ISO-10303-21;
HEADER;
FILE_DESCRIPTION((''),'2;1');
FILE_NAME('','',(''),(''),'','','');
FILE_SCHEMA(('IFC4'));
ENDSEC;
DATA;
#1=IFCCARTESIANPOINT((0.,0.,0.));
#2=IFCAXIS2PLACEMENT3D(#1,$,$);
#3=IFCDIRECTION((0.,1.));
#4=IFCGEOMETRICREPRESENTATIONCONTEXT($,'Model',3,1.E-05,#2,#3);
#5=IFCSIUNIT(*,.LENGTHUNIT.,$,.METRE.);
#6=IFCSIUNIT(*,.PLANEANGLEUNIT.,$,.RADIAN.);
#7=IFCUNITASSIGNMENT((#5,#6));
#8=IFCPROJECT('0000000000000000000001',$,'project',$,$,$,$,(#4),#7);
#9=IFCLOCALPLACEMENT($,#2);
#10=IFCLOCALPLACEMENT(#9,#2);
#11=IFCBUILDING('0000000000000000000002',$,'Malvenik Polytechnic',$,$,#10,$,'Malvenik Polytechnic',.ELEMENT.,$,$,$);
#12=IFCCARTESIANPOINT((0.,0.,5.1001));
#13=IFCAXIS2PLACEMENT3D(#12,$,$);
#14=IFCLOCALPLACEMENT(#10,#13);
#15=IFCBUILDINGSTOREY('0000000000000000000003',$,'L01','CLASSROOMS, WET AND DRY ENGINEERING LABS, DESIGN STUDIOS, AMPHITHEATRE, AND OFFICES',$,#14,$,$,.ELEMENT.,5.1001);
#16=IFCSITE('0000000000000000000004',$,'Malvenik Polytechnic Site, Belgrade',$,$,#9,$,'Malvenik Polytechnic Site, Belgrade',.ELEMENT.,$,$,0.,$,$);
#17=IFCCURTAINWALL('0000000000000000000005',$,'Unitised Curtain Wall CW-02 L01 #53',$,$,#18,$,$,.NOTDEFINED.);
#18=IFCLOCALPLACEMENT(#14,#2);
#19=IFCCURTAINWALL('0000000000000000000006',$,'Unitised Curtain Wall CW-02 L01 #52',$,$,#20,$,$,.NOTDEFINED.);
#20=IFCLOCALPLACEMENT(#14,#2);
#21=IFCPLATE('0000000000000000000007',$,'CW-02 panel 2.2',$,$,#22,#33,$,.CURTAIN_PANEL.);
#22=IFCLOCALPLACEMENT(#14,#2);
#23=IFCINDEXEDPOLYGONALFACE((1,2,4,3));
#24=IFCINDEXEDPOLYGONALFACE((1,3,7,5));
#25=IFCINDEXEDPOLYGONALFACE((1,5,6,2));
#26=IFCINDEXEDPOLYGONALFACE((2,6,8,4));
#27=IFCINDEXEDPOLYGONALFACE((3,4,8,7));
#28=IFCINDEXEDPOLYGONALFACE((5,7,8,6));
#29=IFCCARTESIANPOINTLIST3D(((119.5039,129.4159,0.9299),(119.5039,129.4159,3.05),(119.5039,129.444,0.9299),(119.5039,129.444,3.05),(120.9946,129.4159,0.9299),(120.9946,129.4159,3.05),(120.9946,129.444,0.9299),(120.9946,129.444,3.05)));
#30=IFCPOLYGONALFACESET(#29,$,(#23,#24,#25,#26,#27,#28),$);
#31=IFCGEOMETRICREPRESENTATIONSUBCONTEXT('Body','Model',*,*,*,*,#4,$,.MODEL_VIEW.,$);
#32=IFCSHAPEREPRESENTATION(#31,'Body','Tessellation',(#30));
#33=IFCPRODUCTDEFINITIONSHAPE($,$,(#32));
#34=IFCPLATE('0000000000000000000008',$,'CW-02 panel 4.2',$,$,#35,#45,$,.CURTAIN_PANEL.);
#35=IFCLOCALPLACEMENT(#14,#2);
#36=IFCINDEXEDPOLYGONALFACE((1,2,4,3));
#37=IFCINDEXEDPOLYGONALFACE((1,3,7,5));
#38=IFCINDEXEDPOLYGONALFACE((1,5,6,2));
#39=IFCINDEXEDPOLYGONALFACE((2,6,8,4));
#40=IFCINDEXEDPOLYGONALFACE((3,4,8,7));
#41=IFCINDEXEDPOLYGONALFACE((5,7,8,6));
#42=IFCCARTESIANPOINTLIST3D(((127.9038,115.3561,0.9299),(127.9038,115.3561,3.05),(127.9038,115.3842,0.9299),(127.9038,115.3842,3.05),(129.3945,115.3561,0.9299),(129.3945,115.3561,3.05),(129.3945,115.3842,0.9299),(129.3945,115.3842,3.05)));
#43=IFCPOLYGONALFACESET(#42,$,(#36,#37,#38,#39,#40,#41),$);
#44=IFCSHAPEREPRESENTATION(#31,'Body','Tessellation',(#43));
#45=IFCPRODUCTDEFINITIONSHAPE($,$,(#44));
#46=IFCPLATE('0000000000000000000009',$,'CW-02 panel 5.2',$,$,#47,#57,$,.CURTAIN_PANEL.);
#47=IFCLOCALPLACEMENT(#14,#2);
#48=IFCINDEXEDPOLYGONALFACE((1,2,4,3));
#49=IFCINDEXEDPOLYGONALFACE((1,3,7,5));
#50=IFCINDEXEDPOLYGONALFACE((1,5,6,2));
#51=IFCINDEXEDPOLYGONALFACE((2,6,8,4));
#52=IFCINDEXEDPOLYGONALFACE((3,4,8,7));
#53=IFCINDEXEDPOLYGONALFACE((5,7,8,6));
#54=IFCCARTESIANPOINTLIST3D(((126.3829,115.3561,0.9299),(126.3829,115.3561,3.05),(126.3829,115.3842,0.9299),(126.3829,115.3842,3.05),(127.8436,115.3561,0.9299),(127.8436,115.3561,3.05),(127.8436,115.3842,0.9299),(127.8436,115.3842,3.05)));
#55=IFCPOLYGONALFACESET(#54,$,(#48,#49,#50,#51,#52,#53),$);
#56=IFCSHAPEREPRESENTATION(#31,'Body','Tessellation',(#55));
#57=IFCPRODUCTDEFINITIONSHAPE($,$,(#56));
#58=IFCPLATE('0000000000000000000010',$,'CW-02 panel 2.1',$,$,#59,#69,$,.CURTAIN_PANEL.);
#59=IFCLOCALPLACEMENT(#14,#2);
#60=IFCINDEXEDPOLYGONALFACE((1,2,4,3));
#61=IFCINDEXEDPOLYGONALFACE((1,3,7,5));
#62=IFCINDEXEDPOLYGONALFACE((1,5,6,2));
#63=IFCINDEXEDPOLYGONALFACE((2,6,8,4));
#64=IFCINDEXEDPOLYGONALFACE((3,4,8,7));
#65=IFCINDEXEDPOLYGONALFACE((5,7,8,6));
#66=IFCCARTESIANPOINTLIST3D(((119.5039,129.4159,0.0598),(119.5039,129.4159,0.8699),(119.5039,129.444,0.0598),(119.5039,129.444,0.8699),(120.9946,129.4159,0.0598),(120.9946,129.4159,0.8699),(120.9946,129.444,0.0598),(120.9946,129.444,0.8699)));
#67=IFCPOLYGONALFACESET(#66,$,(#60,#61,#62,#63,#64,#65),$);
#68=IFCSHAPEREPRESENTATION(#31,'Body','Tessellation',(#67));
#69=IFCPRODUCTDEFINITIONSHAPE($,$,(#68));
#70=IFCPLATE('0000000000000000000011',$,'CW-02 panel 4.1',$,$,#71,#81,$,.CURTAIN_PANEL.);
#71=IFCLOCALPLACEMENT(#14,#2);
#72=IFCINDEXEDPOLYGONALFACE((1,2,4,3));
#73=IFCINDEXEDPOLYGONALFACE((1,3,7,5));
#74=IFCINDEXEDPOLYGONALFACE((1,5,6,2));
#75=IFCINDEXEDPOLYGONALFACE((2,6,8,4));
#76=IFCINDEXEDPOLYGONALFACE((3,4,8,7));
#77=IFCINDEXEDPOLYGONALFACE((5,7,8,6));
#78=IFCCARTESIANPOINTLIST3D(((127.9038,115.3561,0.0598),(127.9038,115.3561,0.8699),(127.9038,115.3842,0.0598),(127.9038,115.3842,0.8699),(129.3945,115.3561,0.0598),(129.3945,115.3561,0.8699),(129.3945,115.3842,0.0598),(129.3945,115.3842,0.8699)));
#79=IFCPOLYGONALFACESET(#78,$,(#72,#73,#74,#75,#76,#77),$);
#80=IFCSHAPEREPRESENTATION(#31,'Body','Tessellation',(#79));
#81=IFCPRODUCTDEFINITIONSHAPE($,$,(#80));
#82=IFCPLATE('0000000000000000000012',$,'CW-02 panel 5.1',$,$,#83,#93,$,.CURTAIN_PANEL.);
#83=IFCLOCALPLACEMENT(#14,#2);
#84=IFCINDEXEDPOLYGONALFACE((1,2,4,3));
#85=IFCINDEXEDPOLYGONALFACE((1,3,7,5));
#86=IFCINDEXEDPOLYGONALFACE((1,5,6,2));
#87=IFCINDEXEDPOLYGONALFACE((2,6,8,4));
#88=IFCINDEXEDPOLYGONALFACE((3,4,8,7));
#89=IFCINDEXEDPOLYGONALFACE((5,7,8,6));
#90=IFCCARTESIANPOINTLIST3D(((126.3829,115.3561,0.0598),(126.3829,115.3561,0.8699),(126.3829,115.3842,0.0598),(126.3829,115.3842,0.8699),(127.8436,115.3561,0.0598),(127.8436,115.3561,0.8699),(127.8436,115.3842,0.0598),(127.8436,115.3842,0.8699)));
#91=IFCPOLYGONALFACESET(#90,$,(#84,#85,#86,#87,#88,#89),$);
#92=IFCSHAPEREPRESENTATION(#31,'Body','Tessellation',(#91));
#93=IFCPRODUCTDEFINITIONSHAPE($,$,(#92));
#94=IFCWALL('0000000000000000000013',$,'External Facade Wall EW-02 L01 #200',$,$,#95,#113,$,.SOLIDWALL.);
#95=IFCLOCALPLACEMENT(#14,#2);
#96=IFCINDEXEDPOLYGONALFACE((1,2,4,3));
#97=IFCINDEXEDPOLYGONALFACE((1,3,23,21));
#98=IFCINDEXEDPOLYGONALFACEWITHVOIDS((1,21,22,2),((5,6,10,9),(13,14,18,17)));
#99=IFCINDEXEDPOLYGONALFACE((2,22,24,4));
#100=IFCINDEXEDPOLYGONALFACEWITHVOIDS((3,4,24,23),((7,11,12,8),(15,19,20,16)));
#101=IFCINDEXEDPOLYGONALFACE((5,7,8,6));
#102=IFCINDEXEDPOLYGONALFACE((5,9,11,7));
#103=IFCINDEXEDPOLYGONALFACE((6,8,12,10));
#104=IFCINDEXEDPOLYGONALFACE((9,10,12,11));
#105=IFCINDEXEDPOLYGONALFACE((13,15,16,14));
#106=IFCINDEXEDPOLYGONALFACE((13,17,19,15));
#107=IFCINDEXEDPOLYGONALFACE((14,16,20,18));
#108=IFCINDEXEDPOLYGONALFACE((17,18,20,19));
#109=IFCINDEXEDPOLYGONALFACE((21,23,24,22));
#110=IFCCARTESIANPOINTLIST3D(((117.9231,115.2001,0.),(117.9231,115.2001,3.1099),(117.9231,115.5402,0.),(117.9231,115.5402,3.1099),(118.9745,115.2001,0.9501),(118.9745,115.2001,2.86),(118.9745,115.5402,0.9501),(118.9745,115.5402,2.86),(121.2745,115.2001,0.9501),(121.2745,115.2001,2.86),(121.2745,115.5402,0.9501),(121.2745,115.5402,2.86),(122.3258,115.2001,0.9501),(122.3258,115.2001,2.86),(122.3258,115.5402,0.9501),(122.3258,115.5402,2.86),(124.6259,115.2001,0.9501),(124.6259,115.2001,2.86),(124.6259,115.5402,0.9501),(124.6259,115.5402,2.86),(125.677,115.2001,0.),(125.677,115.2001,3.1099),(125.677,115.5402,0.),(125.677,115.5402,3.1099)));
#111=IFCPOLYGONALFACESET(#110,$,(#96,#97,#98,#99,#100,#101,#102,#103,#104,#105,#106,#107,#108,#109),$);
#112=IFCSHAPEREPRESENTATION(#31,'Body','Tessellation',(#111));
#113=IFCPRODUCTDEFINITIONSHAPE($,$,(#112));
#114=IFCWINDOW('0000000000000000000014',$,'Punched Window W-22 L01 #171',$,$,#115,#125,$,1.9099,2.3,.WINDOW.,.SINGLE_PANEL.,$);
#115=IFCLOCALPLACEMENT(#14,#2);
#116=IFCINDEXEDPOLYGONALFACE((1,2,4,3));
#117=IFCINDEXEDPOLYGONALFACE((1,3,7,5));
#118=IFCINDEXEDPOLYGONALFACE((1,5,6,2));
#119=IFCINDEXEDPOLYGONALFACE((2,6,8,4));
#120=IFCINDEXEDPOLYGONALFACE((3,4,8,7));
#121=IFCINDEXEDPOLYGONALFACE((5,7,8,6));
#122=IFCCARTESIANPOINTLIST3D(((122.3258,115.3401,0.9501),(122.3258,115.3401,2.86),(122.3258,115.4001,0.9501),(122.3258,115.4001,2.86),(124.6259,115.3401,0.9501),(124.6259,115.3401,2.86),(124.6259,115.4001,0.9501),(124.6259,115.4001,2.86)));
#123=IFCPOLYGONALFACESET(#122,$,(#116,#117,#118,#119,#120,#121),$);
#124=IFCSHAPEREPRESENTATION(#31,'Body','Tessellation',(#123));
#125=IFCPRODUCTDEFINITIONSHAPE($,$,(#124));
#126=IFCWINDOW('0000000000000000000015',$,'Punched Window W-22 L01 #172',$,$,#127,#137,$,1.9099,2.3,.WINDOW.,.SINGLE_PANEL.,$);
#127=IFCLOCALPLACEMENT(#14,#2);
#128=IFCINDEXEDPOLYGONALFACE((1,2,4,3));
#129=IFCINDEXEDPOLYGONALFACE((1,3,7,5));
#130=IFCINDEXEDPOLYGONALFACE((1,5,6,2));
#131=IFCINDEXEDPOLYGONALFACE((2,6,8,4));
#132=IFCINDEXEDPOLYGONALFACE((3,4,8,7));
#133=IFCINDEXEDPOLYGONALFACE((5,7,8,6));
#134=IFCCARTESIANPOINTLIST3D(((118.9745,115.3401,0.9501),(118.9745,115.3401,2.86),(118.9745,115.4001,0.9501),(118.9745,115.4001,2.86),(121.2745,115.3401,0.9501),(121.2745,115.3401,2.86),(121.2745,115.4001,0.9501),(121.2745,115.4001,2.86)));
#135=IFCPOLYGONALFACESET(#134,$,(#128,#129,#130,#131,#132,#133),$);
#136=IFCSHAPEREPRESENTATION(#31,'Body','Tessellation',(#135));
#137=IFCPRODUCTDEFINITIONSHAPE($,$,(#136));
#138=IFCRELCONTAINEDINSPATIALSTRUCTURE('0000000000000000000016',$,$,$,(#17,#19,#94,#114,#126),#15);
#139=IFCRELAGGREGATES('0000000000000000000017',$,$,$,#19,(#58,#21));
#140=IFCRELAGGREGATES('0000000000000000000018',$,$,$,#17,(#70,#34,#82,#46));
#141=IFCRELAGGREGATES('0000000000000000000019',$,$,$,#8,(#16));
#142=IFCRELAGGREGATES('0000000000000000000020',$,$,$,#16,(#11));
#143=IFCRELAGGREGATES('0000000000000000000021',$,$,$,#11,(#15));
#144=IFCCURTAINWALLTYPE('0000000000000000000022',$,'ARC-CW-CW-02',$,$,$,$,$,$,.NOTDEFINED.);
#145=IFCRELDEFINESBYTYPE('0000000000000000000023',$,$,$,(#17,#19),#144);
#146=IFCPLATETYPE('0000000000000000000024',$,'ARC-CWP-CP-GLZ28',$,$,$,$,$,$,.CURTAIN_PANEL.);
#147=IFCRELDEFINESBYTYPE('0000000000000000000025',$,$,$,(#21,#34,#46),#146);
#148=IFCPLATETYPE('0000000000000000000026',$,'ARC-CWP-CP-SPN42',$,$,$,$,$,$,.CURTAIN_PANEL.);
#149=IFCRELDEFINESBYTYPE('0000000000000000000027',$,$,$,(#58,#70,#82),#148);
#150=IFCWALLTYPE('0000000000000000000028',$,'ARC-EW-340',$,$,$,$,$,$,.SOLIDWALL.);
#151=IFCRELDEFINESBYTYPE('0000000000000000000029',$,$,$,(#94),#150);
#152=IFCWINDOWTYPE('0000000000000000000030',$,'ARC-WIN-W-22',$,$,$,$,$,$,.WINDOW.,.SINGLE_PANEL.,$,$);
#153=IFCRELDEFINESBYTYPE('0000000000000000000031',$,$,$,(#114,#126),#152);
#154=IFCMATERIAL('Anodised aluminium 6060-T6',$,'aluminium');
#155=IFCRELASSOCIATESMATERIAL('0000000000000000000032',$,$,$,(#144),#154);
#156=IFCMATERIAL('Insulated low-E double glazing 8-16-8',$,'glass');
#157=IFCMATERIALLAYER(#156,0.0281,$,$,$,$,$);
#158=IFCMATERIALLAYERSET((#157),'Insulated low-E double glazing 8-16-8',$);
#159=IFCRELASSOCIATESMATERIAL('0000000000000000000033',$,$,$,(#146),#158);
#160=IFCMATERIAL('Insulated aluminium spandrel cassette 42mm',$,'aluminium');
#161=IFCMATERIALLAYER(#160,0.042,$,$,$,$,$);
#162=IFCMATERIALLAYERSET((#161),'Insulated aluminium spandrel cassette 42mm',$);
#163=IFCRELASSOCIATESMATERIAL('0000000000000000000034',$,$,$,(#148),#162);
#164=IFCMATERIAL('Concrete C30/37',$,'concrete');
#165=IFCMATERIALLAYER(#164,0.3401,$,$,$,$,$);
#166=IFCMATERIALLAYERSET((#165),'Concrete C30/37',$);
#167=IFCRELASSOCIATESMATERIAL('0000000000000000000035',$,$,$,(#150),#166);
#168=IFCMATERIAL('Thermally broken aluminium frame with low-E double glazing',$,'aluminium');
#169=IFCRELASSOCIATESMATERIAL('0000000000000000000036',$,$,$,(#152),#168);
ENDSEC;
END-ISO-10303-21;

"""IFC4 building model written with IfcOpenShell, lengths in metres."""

from ifc_helpers import new_model, si_unit, direction, frame, frame_2d, origin, origin_2d, place, context, subcontext, project, spatial, rectangle, extrude, material, layer, layer_set, type_object, element, fill, aggregate, save


model = new_model("IFC4")

# Units and contexts
model_context = context("Model", 3, precision=1e-05, world=origin(), true_north=direction((0.0, 1.0)))
body_context = subcontext(model_context, "Body", "Model", "MODEL_VIEW")
ifc_project = project(units=[si_unit("LENGTHUNIT", "METRE"), si_unit("PLANEANGLEUNIT", "RADIAN")], contexts=[model_context])

# Site, building, storey
site_placement = place(None, origin())
site = spatial("IfcSite", under=ifc_project, at=site_placement, Name="Malvenik Polytechnic Site, Belgrade", LongName="Malvenik Polytechnic Site, Belgrade", CompositionType="ELEMENT", RefElevation=0.0)
building_placement = place(site_placement, origin())
building = spatial("IfcBuilding", under=site, at=building_placement, Name="Malvenik Polytechnic", LongName="Malvenik Polytechnic", CompositionType="ELEMENT")
storey_placement = place(building_placement, frame((0.0, 0.0, 5.1001)))
storey = spatial("IfcBuildingStorey", under=building, at=storey_placement, Name="L01", Description="CLASSROOMS, WET AND DRY ENGINEERING LABS, DESIGN STUDIOS, AMPHITHEATRE, AND OFFICES", CompositionType="ELEMENT", Elevation=5.1001)

# Curtain wall
ifc_material_1 = material(Name="Anodised aluminium 6060-T6", Category="aluminium")
curtain_wall_type = type_object("IfcCurtainWallType", Name="ARC-CW-CW-02", PredefinedType="NOTDEFINED", material=ifc_material_1)
curtain_wall_1_placement = place(storey_placement, origin())
curtain_wall_1 = element("IfcCurtainWall", 1, at=curtain_wall_1_placement, inside=storey, type_object=curtain_wall_type, Name="Unitised Curtain Wall CW-02 L01 #53", PredefinedType="NOTDEFINED")

# Curtain wall
curtain_wall_2_placement = place(storey_placement, origin())
curtain_wall_2 = element("IfcCurtainWall", 2, at=curtain_wall_2_placement, inside=storey, type_object=curtain_wall_type, Name="Unitised Curtain Wall CW-02 L01 #52", PredefinedType="NOTDEFINED")

# Shared definitions
ifc_material_2 = material(Name="Concrete C30/37", Category="concrete")

# Plates
ifc_material_3 = material(Name="Insulated low-E double glazing 8-16-8", Category="glass")
ifc_layer_1 = layer(ifc_material_3, 0.0281)
ifc_layer_set_1 = layer_set([ifc_layer_1], Name="Insulated low-E double glazing 8-16-8")
plate_type_1 = type_object("IfcPlateType", Name="ARC-CWP-CP-GLZ28", PredefinedType="CURTAIN_PANEL", material=ifc_layer_set_1)
plate_1_placement = place(storey_placement, frame((120.2493, 129.4299, 0.9299), z_axis=(0.0, 0.0, 1.0), x_axis=(1.0, 0.0, 0.0)))
plate_1 = element("IfcPlate", 3, at=plate_1_placement, type_object=plate_type_1, Name="CW-02 panel 2.2", PredefinedType="CURTAIN_PANEL", context=body_context, shape_type="SweptSolid", body=[
    extrude(rectangle(XDim=1.4907, YDim=0.0281, at=origin_2d()), origin(), (0.0, 0.0, 1.0), 2.1201),
])
plate_2_placement = place(storey_placement, frame((128.6492, 115.3701, 0.9299), z_axis=(0.0, 0.0, 1.0), x_axis=(-1.0, 0.0, 0.0)))
plate_2 = element("IfcPlate", 4, at=plate_2_placement, type_object=plate_type_1, Name="CW-02 panel 4.2", PredefinedType="CURTAIN_PANEL", context=body_context, shape_type="SweptSolid", body=[
    extrude(rectangle(XDim=1.4907, YDim=0.0281, at=origin_2d()), origin(), (0.0, 0.0, 1.0), 2.1201),
])
plate_3_placement = place(storey_placement, frame((127.1133, 115.3701, 0.9299), z_axis=(0.0, 0.0, 1.0), x_axis=(-1.0, 0.0, 0.0)))
plate_3 = element("IfcPlate", 5, at=plate_3_placement, type_object=plate_type_1, Name="CW-02 panel 5.2", PredefinedType="CURTAIN_PANEL", context=body_context, shape_type="SweptSolid", body=[
    extrude(rectangle(XDim=1.4607, YDim=0.0281, at=origin_2d()), origin(), (0.0, 0.0, 1.0), 2.1201),
])
ifc_material_4 = material(Name="Insulated aluminium spandrel cassette 42mm", Category="aluminium")
ifc_layer_2 = layer(ifc_material_4, 0.042)
ifc_layer_set_2 = layer_set([ifc_layer_2], Name="Insulated aluminium spandrel cassette 42mm")
plate_type_2 = type_object("IfcPlateType", Name="ARC-CWP-CP-SPN42", PredefinedType="CURTAIN_PANEL", material=ifc_layer_set_2)
plate_4_placement = place(storey_placement, frame((120.2493, 129.4299, 0.0598), z_axis=(0.0, 0.0, 1.0), x_axis=(1.0, 0.0, 0.0)))
plate_4 = element("IfcPlate", 6, at=plate_4_placement, type_object=plate_type_2, Name="CW-02 panel 2.1", PredefinedType="CURTAIN_PANEL", context=body_context, shape_type="SweptSolid", body=[
    extrude(rectangle(XDim=1.4907, YDim=0.0281, at=origin_2d()), origin(), (0.0, 0.0, 1.0), 0.8101),
])
aggregate(curtain_wall_2, [plate_4, plate_1])
plate_5_placement = place(storey_placement, frame((128.6492, 115.3701, 0.0598), z_axis=(0.0, 0.0, 1.0), x_axis=(-1.0, 0.0, 0.0)))
plate_5 = element("IfcPlate", 7, at=plate_5_placement, type_object=plate_type_2, Name="CW-02 panel 4.1", PredefinedType="CURTAIN_PANEL", context=body_context, shape_type="SweptSolid", body=[
    extrude(rectangle(XDim=1.4907, YDim=0.0281, at=origin_2d()), origin(), (0.0, 0.0, 1.0), 0.8101),
])
plate_6_placement = place(storey_placement, frame((127.1133, 115.3701, 0.0598), z_axis=(0.0, 0.0, 1.0), x_axis=(-1.0, 0.0, 0.0)))
plate_6 = element("IfcPlate", 8, at=plate_6_placement, type_object=plate_type_2, Name="CW-02 panel 5.1", PredefinedType="CURTAIN_PANEL", context=body_context, shape_type="SweptSolid", body=[
    extrude(rectangle(XDim=1.4607, YDim=0.0281, at=origin_2d()), origin(), (0.0, 0.0, 1.0), 0.8101),
])
aggregate(curtain_wall_1, [plate_5, plate_2, plate_6, plate_3])

# Wall, openings, windows
ifc_layer_3 = layer(ifc_material_2, 0.3401)
ifc_layer_set_3 = layer_set([ifc_layer_3], Name="Concrete C30/37")
wall_type = type_object("IfcWallType", Name="ARC-EW-340", PredefinedType="SOLIDWALL", material=ifc_layer_set_3)
wall_placement = place(storey_placement, frame((125.677, 115.3701, 0.0), z_axis=(0.0, 0.0, 1.0), x_axis=(-1.0, 0.0, 0.0)))
wall = element("IfcWall", 9, at=wall_placement, inside=storey, type_object=wall_type, Name="External Facade Wall EW-02 L01 #200", PredefinedType="SOLIDWALL", context=body_context, shape_type="SweptSolid", body=[
    extrude(rectangle(XDim=7.7539, YDim=0.3401, at=frame_2d((3.877, 0.0))), origin(), (0.0, 0.0, 1.0), 3.1099),
])
opening_1_placement = place(wall_placement, frame((1.0513, 0.0, 0.95)))
opening_1 = element("IfcOpeningElement", 10, at=opening_1_placement, cuts=wall, PredefinedType="OPENING", context=body_context, shape_type="SweptSolid", body=[
    extrude(rectangle(XDim=2.3, YDim=1.9099, at=frame_2d((1.1499, 0.9551))), frame((0.0, 0.1802, 0.0), z_axis=(0.0, -1.0, 0.0), x_axis=(1.0, 0.0, 0.0)), (0.0, 0.0, 1.0), 0.3601),
])
opening_2_placement = place(wall_placement, frame((4.4026, 0.0, 0.95)))
opening_2 = element("IfcOpeningElement", 11, at=opening_2_placement, cuts=wall, PredefinedType="OPENING", context=body_context, shape_type="SweptSolid", body=[
    extrude(rectangle(XDim=2.3, YDim=1.9099, at=frame_2d((1.1499, 0.9551))), frame((0.0, 0.1802, 0.0), z_axis=(0.0, -1.0, 0.0), x_axis=(1.0, 0.0, 0.0)), (0.0, 0.0, 1.0), 0.3601),
])
ifc_material_5 = material(Name="Thermally broken aluminium frame with low-E double glazing", Category="aluminium")
window_type = type_object("IfcWindowType", Name="ARC-WIN-W-22", PartitioningType="SINGLE_PANEL", PredefinedType="WINDOW", material=ifc_material_5)
window_1_placement = place(opening_1_placement, origin())
window_1 = element("IfcWindow", 12, at=window_1_placement, inside=storey, type_object=window_type, Name="Punched Window W-22 L01 #171", OverallHeight=1.9099, OverallWidth=2.3, PartitioningType="SINGLE_PANEL", PredefinedType="WINDOW", context=body_context, shape_type="SweptSolid", body=[
    extrude(rectangle(XDim=2.3, YDim=1.9099, at=frame_2d((1.1499, 0.9551))), frame((0.0, 0.03, 0.0), z_axis=(0.0, -1.0, 0.0), x_axis=(1.0, 0.0, 0.0)), (0.0, 0.0, 1.0), 0.0601),
])
fill(opening_1, window_1)
window_2_placement = place(opening_2_placement, origin())
window_2 = element("IfcWindow", 13, at=window_2_placement, inside=storey, type_object=window_type, Name="Punched Window W-22 L01 #172", OverallHeight=1.9099, OverallWidth=2.3, PartitioningType="SINGLE_PANEL", PredefinedType="WINDOW", context=body_context, shape_type="SweptSolid", body=[
    extrude(rectangle(XDim=2.3, YDim=1.9099, at=frame_2d((1.1499, 0.9551))), frame((0.0, 0.03, 0.0), z_axis=(0.0, -1.0, 0.0), x_axis=(1.0, 0.0, 0.0)), (0.0, 0.0, 1.0), 0.0601),
])
fill(opening_2, window_2)

save(model, "model.ifc")
